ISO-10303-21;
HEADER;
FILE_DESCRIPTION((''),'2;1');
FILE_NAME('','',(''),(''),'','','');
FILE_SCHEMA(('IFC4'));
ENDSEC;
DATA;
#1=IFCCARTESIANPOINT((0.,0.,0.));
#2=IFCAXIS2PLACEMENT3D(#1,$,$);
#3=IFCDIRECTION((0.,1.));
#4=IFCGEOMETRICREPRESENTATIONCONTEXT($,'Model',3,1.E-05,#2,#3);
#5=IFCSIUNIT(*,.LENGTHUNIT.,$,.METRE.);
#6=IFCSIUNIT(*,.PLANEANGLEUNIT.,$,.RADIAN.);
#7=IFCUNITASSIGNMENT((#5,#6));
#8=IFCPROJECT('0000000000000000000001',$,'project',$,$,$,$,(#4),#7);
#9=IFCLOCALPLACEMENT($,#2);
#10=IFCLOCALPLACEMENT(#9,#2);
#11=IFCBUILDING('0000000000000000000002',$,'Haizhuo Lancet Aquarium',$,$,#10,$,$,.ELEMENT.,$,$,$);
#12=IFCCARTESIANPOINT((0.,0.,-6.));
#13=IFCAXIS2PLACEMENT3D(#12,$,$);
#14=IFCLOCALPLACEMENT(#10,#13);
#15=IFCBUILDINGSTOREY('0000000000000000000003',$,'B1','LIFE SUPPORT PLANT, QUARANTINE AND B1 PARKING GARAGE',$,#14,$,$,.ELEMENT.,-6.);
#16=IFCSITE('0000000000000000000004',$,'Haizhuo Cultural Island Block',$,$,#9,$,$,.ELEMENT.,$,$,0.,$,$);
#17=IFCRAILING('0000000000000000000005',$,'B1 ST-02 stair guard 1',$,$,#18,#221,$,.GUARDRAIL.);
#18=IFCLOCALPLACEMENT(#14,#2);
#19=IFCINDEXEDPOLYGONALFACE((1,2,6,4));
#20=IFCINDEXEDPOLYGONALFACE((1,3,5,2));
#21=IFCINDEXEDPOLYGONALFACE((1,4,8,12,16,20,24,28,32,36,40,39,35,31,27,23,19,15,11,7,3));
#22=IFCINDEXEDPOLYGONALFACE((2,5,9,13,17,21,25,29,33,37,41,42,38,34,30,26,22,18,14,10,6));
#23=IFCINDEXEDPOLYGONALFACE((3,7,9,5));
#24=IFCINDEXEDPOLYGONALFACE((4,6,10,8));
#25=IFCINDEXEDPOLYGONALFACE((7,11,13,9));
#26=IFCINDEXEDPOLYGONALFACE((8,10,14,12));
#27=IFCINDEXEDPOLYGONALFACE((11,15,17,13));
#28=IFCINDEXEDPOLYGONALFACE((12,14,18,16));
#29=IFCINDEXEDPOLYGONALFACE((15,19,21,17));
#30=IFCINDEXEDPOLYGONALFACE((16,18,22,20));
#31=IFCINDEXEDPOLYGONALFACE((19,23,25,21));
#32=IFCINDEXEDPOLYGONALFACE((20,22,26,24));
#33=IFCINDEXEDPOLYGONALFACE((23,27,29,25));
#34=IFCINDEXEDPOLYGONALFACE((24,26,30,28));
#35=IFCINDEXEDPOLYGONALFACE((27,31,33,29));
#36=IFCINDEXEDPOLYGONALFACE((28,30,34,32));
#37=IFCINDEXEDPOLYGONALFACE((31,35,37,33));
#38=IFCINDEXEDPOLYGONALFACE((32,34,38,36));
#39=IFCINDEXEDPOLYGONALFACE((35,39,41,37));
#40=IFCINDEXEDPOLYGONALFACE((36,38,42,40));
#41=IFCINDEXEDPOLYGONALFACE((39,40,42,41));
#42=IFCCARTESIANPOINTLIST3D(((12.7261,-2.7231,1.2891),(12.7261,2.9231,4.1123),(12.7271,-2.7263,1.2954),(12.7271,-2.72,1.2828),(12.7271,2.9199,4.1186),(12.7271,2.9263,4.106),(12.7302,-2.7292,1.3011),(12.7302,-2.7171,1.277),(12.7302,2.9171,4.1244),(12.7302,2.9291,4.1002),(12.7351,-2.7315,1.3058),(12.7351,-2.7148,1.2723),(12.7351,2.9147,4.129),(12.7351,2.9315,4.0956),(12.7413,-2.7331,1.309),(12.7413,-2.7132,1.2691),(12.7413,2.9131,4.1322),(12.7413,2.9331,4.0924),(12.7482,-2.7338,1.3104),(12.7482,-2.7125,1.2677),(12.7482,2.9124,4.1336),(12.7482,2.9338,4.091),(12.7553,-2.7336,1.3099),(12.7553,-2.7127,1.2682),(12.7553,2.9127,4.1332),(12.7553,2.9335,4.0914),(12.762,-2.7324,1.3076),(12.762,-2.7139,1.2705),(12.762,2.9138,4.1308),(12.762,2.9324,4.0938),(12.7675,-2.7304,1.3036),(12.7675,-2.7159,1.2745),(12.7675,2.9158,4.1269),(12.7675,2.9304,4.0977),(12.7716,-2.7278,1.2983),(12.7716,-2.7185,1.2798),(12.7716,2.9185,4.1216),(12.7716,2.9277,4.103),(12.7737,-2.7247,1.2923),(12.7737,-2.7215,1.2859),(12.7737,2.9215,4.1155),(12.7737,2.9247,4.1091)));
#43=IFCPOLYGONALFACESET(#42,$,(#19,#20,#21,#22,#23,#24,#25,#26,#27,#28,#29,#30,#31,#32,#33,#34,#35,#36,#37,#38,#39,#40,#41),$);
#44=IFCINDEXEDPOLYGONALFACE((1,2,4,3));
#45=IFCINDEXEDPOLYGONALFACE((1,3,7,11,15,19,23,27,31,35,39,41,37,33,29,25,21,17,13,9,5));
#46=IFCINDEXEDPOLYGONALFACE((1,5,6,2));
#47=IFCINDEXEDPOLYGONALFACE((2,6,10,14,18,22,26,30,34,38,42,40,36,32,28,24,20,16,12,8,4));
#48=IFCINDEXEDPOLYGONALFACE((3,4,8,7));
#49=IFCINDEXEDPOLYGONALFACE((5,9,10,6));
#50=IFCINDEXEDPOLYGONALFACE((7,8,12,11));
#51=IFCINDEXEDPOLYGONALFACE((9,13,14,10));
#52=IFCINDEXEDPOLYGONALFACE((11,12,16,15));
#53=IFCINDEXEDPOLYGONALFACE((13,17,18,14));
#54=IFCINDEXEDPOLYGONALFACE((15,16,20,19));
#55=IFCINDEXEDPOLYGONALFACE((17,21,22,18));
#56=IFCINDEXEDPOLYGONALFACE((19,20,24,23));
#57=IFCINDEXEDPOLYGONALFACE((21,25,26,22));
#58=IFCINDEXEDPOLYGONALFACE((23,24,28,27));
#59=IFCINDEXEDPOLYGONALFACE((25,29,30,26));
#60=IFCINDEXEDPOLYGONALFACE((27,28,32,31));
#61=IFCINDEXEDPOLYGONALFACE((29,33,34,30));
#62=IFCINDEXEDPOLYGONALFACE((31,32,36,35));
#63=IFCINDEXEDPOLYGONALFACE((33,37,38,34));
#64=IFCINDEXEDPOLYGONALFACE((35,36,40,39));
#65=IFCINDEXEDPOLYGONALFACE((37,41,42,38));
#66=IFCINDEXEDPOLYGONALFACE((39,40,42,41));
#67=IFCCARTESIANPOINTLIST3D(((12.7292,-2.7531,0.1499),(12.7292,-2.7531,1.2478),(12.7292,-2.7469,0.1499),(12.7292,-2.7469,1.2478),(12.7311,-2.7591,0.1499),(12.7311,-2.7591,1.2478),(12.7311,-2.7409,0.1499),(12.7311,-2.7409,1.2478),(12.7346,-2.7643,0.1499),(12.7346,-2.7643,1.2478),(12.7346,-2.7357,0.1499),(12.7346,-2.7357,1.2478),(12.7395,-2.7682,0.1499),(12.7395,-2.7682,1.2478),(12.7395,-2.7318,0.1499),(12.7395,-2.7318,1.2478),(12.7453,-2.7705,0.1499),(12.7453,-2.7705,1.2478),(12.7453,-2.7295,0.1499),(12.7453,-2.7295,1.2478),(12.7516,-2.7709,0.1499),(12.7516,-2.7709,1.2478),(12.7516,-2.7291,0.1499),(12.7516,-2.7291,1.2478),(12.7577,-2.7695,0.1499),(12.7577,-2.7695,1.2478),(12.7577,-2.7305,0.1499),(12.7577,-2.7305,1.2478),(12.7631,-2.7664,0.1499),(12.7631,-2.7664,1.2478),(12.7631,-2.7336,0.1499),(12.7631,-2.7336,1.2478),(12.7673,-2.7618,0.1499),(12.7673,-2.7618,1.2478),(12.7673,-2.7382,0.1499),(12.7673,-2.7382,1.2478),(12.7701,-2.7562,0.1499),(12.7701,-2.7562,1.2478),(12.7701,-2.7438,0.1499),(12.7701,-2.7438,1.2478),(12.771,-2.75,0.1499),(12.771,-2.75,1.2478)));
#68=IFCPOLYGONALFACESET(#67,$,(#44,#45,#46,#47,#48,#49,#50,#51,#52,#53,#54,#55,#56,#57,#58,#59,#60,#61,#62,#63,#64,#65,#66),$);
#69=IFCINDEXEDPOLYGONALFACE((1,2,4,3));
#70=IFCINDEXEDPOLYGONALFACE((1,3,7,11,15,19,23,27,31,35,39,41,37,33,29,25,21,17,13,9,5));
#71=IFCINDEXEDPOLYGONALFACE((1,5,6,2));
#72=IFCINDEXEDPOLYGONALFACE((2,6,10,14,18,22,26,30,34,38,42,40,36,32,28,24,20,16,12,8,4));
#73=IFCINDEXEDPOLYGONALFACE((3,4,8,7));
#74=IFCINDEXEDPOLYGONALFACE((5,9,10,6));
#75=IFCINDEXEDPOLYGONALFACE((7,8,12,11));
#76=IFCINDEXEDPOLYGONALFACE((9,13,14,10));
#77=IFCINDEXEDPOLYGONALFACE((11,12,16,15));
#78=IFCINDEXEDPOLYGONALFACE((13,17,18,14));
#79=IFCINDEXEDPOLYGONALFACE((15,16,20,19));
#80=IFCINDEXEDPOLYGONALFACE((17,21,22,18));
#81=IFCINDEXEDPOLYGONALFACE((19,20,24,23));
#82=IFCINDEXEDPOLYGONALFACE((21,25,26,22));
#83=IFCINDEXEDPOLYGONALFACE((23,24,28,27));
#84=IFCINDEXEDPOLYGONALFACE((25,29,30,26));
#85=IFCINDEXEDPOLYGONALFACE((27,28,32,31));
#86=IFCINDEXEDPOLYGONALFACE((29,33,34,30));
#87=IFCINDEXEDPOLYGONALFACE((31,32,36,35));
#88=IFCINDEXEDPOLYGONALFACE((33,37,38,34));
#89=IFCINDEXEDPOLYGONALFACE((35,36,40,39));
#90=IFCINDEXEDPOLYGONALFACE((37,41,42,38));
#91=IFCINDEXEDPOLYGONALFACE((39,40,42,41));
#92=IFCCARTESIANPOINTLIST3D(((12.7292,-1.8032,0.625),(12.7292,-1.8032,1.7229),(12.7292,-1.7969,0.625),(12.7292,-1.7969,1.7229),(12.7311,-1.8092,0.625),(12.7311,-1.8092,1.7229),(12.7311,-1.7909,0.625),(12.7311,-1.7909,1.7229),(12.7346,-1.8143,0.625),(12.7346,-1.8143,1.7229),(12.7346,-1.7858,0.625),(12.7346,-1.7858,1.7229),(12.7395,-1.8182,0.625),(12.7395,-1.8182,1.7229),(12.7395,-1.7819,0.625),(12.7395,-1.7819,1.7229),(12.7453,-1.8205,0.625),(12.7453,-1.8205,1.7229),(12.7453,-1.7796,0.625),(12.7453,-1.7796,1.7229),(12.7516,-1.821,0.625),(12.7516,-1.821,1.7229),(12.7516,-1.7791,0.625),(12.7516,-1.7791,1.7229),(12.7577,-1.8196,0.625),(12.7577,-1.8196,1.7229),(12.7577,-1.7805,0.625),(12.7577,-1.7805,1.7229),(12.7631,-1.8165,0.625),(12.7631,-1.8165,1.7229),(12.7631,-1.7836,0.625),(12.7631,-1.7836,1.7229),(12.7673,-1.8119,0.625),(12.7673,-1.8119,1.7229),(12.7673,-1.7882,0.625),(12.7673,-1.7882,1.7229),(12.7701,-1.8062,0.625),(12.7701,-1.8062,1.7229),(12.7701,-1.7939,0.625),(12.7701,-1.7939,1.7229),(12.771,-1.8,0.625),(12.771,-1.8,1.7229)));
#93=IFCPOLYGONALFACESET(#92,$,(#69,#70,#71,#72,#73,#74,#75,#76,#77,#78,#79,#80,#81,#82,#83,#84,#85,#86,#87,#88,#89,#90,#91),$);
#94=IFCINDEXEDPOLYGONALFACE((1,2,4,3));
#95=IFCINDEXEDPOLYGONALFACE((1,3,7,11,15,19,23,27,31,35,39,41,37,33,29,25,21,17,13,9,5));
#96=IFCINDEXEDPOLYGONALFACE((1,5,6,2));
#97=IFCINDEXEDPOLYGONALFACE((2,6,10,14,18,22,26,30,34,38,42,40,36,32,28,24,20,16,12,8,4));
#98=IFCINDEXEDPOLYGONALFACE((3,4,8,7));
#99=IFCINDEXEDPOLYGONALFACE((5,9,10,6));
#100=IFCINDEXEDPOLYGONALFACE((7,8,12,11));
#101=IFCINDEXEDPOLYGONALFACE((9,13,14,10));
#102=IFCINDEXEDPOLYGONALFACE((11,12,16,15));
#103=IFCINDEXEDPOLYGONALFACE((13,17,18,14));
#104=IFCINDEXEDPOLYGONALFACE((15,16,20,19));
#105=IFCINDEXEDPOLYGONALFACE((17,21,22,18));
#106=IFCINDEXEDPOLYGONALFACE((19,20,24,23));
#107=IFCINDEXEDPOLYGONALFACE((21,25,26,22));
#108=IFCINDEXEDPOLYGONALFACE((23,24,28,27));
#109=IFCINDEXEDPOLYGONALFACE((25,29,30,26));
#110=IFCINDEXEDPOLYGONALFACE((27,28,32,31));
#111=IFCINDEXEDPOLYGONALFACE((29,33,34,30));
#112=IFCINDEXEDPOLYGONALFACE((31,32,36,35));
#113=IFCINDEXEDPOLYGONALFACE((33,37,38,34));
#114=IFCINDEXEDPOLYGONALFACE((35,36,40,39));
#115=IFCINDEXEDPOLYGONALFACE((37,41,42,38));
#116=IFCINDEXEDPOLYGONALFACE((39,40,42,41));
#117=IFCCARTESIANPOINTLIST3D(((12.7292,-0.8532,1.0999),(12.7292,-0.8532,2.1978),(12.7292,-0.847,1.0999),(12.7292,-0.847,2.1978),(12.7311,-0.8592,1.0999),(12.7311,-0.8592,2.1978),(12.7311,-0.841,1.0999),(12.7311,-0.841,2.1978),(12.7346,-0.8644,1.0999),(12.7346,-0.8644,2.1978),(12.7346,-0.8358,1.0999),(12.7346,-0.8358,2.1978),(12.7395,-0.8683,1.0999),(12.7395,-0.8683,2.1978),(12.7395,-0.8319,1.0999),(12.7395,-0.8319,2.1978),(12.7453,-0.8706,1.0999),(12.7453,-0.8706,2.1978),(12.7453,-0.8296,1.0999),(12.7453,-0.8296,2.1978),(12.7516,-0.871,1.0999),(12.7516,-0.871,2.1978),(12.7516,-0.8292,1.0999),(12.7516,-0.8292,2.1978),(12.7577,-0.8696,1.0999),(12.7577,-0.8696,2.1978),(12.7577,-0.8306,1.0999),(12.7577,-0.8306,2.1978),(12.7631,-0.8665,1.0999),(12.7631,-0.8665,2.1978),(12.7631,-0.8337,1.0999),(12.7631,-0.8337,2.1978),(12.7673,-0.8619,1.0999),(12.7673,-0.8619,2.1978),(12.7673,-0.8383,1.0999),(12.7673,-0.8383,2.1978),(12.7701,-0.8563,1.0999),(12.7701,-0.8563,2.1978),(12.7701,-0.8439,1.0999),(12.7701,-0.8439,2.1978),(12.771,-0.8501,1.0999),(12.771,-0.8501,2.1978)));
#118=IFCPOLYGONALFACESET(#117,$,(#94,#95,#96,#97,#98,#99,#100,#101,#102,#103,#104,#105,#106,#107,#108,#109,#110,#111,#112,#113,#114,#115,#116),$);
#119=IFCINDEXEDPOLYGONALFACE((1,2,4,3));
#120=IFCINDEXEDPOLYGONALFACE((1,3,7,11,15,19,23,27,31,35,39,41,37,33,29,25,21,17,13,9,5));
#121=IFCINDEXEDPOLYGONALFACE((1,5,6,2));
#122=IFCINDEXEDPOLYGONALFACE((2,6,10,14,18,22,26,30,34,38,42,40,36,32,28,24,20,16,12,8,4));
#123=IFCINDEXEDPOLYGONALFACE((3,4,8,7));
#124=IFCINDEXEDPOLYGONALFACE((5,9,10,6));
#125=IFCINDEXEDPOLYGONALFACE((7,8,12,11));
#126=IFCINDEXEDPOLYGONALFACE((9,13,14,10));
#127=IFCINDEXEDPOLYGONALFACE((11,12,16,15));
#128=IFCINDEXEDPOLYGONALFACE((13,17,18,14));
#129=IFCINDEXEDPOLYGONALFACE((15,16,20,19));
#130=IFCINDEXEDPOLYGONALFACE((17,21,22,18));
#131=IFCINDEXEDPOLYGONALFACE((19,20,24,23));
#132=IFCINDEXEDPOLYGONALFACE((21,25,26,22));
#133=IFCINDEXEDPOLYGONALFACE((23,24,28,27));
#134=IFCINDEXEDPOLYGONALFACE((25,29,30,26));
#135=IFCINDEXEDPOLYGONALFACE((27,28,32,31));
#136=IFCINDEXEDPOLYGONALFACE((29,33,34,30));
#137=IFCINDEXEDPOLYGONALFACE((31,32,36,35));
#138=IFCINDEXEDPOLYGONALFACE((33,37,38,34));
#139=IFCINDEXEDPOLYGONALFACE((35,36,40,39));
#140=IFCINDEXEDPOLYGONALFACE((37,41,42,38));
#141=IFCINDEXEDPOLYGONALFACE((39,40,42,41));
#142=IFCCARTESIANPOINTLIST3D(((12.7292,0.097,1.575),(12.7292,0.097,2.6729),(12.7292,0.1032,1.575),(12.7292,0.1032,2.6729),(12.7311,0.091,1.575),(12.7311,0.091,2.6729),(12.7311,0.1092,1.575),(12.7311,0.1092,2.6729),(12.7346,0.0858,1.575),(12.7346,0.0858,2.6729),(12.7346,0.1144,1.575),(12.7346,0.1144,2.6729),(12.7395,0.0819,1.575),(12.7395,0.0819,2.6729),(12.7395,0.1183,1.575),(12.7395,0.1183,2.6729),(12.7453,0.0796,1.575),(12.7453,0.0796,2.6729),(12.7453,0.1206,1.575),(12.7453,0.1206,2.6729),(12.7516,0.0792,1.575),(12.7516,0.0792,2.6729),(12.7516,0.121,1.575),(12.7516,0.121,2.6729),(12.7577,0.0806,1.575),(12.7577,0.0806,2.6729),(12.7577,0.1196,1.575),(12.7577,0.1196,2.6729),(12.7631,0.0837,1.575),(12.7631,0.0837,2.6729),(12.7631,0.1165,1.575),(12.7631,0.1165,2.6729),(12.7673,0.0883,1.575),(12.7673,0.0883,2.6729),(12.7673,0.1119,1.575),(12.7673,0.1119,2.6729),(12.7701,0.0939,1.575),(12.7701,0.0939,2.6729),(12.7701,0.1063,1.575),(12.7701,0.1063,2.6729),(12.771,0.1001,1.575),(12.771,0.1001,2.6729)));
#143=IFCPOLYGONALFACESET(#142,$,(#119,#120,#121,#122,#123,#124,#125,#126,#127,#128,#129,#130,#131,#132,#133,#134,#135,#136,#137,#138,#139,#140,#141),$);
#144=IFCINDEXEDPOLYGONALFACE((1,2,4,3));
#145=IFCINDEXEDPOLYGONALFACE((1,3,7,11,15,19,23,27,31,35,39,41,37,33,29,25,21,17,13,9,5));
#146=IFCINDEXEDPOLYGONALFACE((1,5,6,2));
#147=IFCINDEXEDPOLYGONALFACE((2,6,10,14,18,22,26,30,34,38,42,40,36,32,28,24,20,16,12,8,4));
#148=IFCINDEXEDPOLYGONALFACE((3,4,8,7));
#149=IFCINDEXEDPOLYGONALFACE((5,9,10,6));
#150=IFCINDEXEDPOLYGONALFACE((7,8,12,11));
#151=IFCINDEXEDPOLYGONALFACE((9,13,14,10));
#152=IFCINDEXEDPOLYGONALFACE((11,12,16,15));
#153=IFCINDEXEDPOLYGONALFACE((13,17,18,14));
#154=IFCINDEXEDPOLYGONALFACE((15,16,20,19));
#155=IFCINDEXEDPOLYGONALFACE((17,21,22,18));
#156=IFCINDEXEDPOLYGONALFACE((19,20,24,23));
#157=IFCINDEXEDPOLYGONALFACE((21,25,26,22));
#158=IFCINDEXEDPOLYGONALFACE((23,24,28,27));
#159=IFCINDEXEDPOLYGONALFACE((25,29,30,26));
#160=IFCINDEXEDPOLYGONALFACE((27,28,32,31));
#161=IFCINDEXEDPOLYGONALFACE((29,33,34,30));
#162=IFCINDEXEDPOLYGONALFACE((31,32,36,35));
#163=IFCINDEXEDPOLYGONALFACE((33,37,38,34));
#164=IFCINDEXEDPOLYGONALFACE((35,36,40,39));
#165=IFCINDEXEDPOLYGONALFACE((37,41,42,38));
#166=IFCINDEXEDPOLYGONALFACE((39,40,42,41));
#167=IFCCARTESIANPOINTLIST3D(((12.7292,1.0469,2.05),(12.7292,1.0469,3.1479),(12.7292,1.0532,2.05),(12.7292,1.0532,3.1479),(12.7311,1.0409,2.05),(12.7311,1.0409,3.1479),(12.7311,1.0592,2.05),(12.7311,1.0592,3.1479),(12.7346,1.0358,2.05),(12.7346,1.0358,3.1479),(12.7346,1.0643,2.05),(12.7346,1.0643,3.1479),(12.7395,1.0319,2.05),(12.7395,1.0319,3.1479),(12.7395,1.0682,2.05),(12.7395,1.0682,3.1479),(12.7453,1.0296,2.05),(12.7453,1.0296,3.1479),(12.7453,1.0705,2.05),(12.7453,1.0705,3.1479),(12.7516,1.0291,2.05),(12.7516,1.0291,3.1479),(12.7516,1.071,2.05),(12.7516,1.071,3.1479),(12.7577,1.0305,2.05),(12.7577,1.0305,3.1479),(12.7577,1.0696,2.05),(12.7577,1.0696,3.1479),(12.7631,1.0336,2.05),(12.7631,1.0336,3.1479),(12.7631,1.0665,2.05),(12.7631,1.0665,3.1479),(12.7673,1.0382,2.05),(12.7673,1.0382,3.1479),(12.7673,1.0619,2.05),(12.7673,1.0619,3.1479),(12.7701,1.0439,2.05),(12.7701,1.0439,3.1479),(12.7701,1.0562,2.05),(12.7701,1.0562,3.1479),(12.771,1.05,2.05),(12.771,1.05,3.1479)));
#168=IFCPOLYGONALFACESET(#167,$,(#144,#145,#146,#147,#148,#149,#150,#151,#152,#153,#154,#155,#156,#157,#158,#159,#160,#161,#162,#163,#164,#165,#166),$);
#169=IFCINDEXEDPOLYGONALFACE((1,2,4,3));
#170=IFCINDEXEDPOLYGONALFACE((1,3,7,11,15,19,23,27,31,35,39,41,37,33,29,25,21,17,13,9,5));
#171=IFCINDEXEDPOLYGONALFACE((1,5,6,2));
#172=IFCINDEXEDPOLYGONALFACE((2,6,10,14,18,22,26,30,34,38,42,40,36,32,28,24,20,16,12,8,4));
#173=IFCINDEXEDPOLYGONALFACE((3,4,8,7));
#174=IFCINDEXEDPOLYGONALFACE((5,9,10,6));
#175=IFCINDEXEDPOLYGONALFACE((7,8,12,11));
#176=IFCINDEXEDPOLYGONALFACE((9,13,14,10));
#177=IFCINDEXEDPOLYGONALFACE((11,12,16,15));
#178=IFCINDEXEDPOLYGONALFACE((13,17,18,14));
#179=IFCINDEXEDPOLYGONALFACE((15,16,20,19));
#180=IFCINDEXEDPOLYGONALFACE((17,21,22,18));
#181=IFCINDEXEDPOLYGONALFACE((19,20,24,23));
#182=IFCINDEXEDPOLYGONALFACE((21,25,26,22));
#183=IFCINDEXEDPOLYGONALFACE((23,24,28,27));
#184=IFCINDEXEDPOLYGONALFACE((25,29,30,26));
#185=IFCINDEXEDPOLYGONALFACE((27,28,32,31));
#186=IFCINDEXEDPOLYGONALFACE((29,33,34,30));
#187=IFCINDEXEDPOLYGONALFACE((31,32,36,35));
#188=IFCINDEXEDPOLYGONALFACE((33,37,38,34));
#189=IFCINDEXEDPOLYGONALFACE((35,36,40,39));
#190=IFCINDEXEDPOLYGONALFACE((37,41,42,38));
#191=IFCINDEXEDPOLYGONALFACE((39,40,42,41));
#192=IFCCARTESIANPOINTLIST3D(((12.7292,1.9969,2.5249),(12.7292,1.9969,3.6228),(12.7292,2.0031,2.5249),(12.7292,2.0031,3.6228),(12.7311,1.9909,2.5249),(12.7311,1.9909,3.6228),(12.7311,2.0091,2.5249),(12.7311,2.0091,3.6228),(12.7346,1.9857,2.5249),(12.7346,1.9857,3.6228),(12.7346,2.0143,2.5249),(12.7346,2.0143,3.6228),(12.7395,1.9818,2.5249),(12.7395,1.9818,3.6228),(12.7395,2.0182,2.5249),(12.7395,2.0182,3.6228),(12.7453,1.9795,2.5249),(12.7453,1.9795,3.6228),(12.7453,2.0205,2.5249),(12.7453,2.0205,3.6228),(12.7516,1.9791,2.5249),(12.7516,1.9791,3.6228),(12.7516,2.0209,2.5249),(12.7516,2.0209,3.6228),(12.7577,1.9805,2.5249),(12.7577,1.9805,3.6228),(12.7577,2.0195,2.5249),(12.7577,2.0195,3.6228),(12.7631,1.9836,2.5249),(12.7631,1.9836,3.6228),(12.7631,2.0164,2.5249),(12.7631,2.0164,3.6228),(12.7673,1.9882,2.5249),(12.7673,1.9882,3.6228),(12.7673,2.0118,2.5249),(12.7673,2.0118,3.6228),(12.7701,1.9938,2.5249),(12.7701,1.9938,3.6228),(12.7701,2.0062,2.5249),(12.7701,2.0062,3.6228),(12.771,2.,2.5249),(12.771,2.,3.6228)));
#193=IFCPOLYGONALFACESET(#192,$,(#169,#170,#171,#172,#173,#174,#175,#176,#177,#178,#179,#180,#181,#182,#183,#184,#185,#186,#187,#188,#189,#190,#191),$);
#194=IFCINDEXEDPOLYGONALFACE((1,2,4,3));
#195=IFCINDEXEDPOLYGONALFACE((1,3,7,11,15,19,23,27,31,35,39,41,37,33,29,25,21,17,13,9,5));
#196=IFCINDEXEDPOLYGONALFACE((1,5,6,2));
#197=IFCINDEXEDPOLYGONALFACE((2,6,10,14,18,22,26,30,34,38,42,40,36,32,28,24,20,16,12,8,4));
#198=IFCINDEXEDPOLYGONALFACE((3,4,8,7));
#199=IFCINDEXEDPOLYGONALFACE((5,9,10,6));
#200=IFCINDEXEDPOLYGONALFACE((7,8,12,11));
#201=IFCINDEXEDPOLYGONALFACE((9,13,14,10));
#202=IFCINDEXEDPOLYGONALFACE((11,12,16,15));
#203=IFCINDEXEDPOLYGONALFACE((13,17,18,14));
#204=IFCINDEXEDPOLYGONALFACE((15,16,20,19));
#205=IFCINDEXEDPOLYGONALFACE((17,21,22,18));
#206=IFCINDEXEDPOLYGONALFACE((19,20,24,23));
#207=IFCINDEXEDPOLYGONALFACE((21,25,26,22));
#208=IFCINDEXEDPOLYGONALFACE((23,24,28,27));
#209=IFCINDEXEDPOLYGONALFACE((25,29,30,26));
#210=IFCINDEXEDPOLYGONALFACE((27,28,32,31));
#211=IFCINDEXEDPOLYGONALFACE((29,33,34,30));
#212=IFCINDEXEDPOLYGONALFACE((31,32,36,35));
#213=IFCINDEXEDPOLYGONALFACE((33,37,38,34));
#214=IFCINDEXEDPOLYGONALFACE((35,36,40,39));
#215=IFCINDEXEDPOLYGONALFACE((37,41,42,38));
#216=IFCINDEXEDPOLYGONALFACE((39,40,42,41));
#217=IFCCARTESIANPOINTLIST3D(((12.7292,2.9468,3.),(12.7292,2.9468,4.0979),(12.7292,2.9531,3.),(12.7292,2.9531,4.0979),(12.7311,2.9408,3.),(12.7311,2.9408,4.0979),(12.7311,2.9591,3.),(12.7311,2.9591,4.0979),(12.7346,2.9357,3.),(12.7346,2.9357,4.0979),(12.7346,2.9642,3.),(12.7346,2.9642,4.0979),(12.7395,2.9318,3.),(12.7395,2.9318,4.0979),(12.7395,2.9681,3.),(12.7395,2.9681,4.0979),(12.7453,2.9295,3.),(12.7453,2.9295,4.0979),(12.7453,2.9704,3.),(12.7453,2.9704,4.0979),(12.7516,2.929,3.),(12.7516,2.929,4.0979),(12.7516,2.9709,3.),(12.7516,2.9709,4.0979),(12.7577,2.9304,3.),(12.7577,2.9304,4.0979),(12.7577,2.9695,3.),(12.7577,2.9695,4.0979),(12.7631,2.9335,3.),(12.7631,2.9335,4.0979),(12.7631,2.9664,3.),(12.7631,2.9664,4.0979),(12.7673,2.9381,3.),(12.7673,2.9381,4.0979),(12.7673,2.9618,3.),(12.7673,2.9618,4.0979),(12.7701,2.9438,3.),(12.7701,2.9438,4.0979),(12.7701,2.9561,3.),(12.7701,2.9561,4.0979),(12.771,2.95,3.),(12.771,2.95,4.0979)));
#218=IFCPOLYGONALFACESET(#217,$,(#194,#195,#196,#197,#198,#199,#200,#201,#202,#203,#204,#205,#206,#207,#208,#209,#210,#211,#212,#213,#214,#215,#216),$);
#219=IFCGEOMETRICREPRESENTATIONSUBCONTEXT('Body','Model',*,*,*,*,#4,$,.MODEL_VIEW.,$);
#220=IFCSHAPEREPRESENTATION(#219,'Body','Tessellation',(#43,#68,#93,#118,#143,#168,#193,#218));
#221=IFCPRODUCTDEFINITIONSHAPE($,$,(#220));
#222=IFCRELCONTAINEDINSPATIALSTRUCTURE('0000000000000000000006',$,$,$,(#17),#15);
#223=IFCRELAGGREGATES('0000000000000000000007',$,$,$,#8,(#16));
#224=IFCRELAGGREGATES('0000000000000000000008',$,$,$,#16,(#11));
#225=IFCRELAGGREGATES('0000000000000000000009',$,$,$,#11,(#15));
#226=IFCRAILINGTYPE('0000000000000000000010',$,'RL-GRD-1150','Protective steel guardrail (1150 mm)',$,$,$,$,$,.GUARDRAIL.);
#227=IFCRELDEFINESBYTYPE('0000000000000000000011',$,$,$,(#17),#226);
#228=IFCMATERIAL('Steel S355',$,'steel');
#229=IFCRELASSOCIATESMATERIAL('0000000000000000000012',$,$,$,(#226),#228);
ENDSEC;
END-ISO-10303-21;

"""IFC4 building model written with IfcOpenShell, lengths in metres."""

from ifc_helpers import new_model, si_unit, direction, frame, origin, origin_2d, place, context, subcontext, project, spatial, circle, extrude, material, type_object, element, save


model = new_model("IFC4")

# Units and contexts
model_context = context("Model", 3, precision=1e-05, world=origin(), true_north=direction((0.0, 1.0)))
body_context = subcontext(model_context, "Body", "Model", "MODEL_VIEW")
ifc_project = project(units=[si_unit("LENGTHUNIT", "METRE"), si_unit("PLANEANGLEUNIT", "RADIAN")], contexts=[model_context])

# Site, building, storey
site_placement = place(None, origin())
site = spatial("IfcSite", under=ifc_project, at=site_placement, Name="Haizhuo Cultural Island Block", CompositionType="ELEMENT", RefElevation=0.0)
building_placement = place(site_placement, origin())
building = spatial("IfcBuilding", under=site, at=building_placement, Name="Haizhuo Lancet Aquarium", CompositionType="ELEMENT")
storey_placement = place(building_placement, frame((0.0, 0.0, -6.0)))
storey = spatial("IfcBuildingStorey", under=building, at=storey_placement, Name="B1", Description="LIFE SUPPORT PLANT, QUARANTINE AND B1 PARKING GARAGE", CompositionType="ELEMENT", Elevation=-6.0)

# Shared definitions
ifc_material_1 = material(Name="Steel S355", Category="steel")

# Railing
railing_type_1 = type_object("IfcRailingType", Name="RL-GRD-1150", Description="Protective steel guardrail (1150 mm)", PredefinedType="GUARDRAIL", material=ifc_material_1)
railing_1_placement = place(storey_placement, frame((12.75, -2.75, 0.1499)))
element("IfcRailing", 1, at=railing_1_placement, inside=storey, type_object=railing_type_1, Name="B1 ST-02 stair guard 1", PredefinedType="GUARDRAIL", context=body_context, shape_type="SweptSolid", body=[
    extrude(circle(Radius=0.0239, at=origin_2d()), frame((0.0, 0.0269, 1.1392), z_axis=(0.0, 0.89442, 0.447229), x_axis=(-1.0, 0.0, 0.0)), (0.0, 0.0, 1.0), 6.3127),
    extrude(circle(Radius=0.021, at=origin_2d()), origin(), (0.0, 0.0, 1.0), 1.0979),
    extrude(circle(Radius=0.021, at=origin_2d()), frame((0.0, 0.95, 0.4751)), (0.0, 0.0, 1.0), 1.0979),
    extrude(circle(Radius=0.021, at=origin_2d()), frame((0.0, 1.8999, 0.95)), (0.0, 0.0, 1.0), 1.0979),
    extrude(circle(Radius=0.021, at=origin_2d()), frame((0.0, 2.8501, 1.425)), (0.0, 0.0, 1.0), 1.0979),
    extrude(circle(Radius=0.021, at=origin_2d()), frame((0.0, 3.8, 1.9001)), (0.0, 0.0, 1.0), 1.0979),
    extrude(circle(Radius=0.021, at=origin_2d()), frame((0.0, 4.75, 2.375)), (0.0, 0.0, 1.0), 1.0979),
    extrude(circle(Radius=0.021, at=origin_2d()), frame((0.0, 5.7, 2.8501)), (0.0, 0.0, 1.0), 1.0979),
])

save(model, "model.ifc")
